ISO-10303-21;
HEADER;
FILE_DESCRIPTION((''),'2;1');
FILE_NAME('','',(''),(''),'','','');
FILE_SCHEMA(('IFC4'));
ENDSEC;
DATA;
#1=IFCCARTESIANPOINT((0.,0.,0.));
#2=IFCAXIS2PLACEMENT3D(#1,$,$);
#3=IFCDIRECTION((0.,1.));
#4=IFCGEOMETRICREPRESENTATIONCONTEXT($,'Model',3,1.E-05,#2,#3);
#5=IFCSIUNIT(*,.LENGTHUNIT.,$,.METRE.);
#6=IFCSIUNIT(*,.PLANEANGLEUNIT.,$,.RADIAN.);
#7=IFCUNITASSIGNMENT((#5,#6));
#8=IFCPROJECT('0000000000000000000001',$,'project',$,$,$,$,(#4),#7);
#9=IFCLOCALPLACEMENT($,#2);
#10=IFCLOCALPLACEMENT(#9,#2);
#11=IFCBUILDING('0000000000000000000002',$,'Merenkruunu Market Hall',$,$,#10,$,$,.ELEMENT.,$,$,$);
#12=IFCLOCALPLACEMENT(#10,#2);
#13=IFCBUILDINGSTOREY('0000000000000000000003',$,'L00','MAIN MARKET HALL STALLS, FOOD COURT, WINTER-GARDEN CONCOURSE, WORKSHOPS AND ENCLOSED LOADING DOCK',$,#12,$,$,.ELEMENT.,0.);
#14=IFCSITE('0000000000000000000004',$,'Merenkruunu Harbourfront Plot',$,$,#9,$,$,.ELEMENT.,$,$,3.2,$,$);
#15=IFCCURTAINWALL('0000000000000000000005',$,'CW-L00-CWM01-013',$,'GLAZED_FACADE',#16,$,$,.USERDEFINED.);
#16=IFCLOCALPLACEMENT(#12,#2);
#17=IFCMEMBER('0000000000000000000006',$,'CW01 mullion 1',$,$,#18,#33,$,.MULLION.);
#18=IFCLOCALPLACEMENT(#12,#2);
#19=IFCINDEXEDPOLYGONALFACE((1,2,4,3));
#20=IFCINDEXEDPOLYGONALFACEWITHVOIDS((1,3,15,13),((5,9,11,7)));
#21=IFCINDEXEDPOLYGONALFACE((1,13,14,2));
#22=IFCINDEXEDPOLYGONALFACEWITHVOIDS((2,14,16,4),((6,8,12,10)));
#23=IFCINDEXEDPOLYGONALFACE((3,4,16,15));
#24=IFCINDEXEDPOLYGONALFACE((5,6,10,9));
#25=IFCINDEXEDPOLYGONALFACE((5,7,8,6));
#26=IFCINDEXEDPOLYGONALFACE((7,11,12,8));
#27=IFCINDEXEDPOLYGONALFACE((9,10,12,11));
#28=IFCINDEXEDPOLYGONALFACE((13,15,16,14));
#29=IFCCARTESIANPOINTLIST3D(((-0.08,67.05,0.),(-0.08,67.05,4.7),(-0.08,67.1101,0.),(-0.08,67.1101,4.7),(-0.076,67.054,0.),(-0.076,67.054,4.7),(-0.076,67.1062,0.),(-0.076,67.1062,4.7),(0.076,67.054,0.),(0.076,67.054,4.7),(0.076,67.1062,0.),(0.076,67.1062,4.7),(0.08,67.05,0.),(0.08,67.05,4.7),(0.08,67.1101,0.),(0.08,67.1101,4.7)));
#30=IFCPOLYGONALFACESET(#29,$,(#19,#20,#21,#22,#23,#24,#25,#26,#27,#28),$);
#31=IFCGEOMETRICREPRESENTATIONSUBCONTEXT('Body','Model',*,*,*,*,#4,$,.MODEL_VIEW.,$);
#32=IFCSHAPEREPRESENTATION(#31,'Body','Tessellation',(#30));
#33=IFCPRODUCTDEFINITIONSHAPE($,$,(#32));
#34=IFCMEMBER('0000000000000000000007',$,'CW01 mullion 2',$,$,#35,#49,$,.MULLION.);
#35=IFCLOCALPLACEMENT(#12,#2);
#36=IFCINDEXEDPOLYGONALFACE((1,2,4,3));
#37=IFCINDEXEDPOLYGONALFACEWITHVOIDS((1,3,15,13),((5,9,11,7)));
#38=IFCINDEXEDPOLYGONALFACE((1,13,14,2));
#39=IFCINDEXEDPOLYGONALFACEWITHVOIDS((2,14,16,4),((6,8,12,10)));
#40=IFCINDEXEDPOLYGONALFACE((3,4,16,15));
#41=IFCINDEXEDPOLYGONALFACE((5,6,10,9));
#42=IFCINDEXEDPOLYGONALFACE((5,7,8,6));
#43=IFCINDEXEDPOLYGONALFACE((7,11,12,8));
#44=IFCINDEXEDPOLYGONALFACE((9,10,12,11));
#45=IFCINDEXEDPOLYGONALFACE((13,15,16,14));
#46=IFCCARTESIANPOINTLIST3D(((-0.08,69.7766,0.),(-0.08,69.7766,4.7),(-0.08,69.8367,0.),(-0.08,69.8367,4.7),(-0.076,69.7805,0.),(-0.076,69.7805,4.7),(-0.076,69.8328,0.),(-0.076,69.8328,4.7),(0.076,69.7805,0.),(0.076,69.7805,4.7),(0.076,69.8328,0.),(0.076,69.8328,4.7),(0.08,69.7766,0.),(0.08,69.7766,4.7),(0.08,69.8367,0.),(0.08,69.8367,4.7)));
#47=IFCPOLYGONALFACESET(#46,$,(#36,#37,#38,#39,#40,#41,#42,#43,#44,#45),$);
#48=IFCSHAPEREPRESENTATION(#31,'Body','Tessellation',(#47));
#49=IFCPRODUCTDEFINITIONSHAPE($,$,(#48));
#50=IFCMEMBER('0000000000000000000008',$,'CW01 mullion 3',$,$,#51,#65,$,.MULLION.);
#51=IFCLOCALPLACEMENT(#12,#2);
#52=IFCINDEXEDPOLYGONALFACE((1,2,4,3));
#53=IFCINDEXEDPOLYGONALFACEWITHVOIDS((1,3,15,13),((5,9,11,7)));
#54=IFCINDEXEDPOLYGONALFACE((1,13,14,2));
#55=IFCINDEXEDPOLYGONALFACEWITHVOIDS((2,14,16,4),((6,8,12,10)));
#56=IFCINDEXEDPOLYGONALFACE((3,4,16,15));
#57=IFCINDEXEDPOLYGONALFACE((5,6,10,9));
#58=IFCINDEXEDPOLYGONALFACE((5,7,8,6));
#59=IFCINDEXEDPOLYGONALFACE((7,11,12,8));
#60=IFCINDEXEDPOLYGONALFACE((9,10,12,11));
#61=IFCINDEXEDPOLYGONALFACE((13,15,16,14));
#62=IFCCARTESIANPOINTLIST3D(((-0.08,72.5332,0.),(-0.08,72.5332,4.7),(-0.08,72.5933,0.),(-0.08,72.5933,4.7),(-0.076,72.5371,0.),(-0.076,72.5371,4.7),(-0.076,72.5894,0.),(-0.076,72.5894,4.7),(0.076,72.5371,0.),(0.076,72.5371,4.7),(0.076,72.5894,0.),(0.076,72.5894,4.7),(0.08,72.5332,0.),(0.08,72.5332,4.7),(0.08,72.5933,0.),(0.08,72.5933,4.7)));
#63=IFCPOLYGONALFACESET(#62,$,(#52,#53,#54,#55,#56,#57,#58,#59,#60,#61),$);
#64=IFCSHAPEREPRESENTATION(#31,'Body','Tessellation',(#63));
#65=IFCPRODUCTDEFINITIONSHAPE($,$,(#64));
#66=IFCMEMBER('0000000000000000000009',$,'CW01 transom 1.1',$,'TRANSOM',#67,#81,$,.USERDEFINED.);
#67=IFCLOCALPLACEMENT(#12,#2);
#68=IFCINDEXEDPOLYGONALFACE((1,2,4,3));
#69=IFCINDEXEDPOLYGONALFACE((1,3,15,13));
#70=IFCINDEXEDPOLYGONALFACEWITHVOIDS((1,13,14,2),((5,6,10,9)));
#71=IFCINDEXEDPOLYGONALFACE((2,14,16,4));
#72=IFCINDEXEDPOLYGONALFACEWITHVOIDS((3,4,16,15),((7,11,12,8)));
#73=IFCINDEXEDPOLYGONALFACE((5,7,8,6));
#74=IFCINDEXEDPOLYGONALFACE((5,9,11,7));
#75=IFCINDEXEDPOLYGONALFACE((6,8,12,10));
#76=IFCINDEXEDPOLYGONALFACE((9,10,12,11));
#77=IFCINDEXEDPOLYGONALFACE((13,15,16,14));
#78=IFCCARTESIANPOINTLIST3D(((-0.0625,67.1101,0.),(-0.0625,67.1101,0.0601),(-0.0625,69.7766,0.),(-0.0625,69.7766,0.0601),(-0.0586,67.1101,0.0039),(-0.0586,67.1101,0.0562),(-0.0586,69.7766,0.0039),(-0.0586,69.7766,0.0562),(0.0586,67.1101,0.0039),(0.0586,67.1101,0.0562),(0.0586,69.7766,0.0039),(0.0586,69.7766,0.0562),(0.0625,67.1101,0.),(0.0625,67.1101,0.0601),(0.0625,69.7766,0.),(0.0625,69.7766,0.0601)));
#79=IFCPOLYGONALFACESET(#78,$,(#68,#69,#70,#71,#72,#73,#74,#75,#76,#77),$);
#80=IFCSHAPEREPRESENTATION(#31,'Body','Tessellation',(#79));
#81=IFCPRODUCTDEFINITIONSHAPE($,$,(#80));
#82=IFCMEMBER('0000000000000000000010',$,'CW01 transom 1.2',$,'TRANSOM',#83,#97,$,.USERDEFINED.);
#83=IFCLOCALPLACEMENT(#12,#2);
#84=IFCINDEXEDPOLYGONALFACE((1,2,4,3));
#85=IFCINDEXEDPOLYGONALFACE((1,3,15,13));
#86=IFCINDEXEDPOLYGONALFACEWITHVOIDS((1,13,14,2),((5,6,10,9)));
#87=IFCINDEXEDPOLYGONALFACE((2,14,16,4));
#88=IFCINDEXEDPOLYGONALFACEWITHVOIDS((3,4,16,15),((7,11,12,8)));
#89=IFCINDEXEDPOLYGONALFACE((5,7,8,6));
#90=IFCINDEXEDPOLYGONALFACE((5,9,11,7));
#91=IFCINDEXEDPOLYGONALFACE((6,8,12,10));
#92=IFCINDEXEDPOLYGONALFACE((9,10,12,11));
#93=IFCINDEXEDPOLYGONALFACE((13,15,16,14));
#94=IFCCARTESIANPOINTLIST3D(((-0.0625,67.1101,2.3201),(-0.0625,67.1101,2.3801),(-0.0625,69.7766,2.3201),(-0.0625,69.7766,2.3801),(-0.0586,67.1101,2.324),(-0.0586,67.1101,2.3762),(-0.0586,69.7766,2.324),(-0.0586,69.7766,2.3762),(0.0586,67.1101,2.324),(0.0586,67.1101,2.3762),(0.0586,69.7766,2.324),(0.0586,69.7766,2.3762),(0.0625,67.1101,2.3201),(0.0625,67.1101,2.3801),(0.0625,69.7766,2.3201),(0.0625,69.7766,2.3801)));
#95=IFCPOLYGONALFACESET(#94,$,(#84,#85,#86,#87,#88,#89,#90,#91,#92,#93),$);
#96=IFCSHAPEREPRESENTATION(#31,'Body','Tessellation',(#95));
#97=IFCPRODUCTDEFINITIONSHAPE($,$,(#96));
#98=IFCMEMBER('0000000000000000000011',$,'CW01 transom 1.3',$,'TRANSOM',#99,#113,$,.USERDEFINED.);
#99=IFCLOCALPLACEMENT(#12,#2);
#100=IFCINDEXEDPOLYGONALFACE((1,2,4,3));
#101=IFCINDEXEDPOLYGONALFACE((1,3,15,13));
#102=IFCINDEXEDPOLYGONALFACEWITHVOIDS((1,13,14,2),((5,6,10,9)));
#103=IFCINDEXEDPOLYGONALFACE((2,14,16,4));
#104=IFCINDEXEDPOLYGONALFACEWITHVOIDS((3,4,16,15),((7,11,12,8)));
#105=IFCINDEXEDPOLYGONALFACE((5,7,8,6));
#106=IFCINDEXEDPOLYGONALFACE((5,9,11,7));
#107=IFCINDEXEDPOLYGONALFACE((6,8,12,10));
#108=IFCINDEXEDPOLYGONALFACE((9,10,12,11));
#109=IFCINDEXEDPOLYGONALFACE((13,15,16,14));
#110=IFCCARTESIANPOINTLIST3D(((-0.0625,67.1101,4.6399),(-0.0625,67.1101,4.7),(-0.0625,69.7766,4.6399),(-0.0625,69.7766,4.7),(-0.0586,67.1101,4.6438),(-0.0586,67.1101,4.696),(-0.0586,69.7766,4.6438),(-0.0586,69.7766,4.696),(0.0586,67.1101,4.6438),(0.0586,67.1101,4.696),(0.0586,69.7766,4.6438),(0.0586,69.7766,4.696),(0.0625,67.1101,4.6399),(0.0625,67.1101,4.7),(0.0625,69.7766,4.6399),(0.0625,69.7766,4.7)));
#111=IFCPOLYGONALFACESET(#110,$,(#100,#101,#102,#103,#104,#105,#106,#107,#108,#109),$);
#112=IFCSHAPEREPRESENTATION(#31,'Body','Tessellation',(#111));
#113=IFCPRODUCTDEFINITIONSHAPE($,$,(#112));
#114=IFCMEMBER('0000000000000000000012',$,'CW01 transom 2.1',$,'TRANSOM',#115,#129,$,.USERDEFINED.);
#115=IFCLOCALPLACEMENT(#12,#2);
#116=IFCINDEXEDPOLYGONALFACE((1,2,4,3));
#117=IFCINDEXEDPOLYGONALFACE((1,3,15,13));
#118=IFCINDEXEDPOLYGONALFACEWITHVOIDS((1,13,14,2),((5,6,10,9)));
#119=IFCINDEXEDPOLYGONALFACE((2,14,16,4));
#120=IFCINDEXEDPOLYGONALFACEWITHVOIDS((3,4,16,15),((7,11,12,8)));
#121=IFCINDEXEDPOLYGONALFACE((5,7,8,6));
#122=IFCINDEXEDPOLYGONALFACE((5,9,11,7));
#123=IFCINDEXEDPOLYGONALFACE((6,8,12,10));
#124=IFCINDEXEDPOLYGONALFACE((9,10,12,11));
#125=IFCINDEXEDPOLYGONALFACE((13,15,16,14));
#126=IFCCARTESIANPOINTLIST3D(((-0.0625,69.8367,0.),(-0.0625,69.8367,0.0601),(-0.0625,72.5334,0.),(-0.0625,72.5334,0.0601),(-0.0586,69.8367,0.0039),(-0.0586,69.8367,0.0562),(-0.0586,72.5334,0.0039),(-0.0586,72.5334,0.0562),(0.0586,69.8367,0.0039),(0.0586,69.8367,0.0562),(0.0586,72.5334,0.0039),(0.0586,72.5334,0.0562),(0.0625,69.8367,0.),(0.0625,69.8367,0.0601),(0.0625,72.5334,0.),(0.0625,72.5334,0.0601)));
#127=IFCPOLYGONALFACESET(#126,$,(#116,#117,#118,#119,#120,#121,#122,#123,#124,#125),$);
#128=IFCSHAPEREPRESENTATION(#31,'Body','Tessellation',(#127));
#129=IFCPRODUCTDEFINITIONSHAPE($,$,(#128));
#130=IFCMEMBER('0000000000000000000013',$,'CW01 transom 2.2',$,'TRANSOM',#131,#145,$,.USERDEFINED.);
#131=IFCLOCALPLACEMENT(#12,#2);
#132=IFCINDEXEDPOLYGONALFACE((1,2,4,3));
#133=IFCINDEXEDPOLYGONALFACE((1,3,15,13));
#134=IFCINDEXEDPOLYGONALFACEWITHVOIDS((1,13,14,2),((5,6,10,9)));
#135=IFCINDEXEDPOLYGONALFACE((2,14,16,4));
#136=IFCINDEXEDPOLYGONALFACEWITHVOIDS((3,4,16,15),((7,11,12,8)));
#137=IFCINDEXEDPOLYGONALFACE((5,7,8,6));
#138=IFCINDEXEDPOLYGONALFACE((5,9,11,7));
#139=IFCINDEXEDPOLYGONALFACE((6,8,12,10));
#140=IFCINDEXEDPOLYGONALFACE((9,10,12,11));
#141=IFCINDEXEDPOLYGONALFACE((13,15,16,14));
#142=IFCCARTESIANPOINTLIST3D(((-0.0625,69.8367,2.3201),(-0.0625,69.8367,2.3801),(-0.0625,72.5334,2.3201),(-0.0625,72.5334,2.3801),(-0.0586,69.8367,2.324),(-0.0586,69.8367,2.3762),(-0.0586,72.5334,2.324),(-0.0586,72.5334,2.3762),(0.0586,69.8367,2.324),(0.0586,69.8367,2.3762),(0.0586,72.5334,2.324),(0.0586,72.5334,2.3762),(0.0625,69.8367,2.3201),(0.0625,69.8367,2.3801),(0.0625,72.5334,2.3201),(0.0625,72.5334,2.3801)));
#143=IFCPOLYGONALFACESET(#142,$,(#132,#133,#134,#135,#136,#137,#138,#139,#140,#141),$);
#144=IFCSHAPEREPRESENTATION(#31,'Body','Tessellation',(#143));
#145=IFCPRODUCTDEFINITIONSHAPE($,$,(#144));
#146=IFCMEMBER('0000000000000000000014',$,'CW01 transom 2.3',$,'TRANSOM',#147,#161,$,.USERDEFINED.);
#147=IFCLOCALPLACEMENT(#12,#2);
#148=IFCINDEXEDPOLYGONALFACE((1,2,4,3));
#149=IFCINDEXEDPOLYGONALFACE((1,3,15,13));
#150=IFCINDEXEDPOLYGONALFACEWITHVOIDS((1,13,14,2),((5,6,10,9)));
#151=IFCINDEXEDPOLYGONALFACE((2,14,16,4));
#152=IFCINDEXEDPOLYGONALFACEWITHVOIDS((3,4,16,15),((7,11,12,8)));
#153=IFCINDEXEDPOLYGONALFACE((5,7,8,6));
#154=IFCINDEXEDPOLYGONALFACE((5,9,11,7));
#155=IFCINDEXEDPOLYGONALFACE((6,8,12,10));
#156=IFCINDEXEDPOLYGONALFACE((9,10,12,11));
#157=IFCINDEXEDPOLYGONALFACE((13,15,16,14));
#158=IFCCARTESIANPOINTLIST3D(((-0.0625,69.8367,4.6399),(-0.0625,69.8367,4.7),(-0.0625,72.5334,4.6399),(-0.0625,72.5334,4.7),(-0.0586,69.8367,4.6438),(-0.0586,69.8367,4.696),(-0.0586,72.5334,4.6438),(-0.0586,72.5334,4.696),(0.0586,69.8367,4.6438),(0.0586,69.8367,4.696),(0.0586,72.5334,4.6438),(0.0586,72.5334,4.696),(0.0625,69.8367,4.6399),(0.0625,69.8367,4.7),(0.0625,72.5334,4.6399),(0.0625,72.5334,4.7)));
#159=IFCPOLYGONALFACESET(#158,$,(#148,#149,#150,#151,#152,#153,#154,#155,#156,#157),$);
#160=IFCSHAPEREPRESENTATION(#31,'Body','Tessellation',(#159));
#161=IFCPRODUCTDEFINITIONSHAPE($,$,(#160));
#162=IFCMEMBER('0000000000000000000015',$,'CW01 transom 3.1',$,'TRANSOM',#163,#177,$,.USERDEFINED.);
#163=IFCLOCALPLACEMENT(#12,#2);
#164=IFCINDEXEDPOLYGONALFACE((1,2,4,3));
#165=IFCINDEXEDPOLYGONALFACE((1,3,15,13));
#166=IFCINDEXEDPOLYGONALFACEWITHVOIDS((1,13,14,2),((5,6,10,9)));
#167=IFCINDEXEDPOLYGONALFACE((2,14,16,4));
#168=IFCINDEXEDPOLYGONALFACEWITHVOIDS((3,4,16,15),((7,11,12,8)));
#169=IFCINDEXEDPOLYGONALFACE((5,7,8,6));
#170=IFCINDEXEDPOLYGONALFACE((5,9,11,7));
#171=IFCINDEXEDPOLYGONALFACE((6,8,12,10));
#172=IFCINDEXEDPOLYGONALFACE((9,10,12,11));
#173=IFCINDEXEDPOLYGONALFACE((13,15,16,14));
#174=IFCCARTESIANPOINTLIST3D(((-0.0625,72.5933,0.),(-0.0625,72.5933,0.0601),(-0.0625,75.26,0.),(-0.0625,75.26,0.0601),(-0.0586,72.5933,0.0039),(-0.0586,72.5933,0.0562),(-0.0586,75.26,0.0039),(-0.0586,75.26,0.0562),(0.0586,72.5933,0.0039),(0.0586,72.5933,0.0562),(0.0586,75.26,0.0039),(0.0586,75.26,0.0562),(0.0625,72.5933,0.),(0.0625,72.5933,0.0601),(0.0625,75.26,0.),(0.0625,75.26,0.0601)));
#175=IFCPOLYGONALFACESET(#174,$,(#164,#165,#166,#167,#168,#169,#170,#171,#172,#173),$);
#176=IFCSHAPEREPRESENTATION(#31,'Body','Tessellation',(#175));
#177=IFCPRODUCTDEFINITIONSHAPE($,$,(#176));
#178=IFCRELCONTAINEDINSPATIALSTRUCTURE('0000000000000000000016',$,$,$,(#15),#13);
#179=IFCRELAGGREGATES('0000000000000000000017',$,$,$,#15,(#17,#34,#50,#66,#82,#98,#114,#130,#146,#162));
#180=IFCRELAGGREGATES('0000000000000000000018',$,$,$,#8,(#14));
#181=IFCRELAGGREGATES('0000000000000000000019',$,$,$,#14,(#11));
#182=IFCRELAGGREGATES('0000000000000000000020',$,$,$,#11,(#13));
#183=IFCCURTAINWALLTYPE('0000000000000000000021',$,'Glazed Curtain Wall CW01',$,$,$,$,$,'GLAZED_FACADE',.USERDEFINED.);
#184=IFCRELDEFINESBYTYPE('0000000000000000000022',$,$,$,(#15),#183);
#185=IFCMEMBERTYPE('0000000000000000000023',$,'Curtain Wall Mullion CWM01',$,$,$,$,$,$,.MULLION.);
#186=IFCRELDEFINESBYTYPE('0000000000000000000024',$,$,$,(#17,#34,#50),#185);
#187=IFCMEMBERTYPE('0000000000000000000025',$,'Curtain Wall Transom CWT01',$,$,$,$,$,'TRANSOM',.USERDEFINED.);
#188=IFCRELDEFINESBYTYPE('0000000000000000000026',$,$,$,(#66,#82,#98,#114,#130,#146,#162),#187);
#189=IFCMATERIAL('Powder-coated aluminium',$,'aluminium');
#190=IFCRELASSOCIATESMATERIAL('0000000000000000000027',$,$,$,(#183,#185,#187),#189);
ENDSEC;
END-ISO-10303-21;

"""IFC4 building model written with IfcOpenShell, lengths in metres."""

from ifc_helpers import new_model, si_unit, direction, frame, origin, origin_2d, place, context, subcontext, project, spatial, hollow_rectangle, extrude, material, material_profile, profile_set, type_object, element, aggregate, save


model = new_model("IFC4")

# Units and contexts
model_context = context("Model", 3, precision=1e-05, world=origin(), true_north=direction((0.0, 1.0)))
body_context = subcontext(model_context, "Body", "Model", "MODEL_VIEW")
ifc_project = project(units=[si_unit("LENGTHUNIT", "METRE"), si_unit("PLANEANGLEUNIT", "RADIAN")], contexts=[model_context])

# Site, building, storey
site_placement = place(None, origin())
site = spatial("IfcSite", under=ifc_project, at=site_placement, Name="Merenkruunu Harbourfront Plot", CompositionType="ELEMENT", RefElevation=3.2)
building_placement = place(site_placement, origin())
building = spatial("IfcBuilding", under=site, at=building_placement, Name="Merenkruunu Market Hall", CompositionType="ELEMENT")
storey_placement = place(building_placement, origin())
storey = spatial("IfcBuildingStorey", under=building, at=storey_placement, Name="L00", Description="MAIN MARKET HALL STALLS, FOOD COURT, WINTER-GARDEN CONCOURSE, WORKSHOPS AND ENCLOSED LOADING DOCK", CompositionType="ELEMENT", Elevation=0.0)

# Curtain wall, members
ifc_material_1 = material(Name="Powder-coated aluminium", Category="aluminium")
curtain_wall_type = type_object("IfcCurtainWallType", Name="Glazed Curtain Wall CW01", ElementType="GLAZED_FACADE", PredefinedType="USERDEFINED", material=ifc_material_1)
curtain_wall_placement = place(storey_placement, origin())
curtain_wall = element("IfcCurtainWall", 1, at=curtain_wall_placement, inside=storey, type_object=curtain_wall_type, Name="CW-L00-CWM01-013", ObjectType="GLAZED_FACADE", PredefinedType="USERDEFINED")
ifc_material_profile_1 = material_profile(ifc_material_1, hollow_rectangle(XDim=0.0601, YDim=0.1599, WallThickness=0.0039, at=origin_2d()), Name="ALU 60x160x4")
ifc_profile_set_1 = profile_set([ifc_material_profile_1], Name="Powder-coated aluminium")
member_type_1 = type_object("IfcMemberType", Name="Curtain Wall Mullion CWM01", PredefinedType="MULLION", material=ifc_profile_set_1)
member_1_placement = place(storey_placement, frame((0.0, 67.0801, 0.0), z_axis=(0.0, 0.0, 1.0), x_axis=(0.0, 1.0, 0.0)))
member_1 = element("IfcMember", 2, at=member_1_placement, type_object=member_type_1, Name="CW01 mullion 1", PredefinedType="MULLION", context=body_context, shape_type="SweptSolid", body=[
    extrude(hollow_rectangle(XDim=0.0601, YDim=0.1599, WallThickness=0.0039, at=origin_2d()), origin(), (0.0, 0.0, 1.0), 4.7),
])
member_2_placement = place(storey_placement, frame((0.0, 69.8066, 0.0), z_axis=(0.0, 0.0, 1.0), x_axis=(0.0, 1.0, 0.0)))
member_2 = element("IfcMember", 3, at=member_2_placement, type_object=member_type_1, Name="CW01 mullion 2", PredefinedType="MULLION", context=body_context, shape_type="SweptSolid", body=[
    extrude(hollow_rectangle(XDim=0.0601, YDim=0.1599, WallThickness=0.0039, at=origin_2d()), origin(), (0.0, 0.0, 1.0), 4.7),
])
member_3_placement = place(storey_placement, frame((0.0, 72.5632, 0.0), z_axis=(0.0, 0.0, 1.0), x_axis=(0.0, 1.0, 0.0)))
member_3 = element("IfcMember", 4, at=member_3_placement, type_object=member_type_1, Name="CW01 mullion 3", PredefinedType="MULLION", context=body_context, shape_type="SweptSolid", body=[
    extrude(hollow_rectangle(XDim=0.0601, YDim=0.1599, WallThickness=0.0039, at=origin_2d()), origin(), (0.0, 0.0, 1.0), 4.7),
])
ifc_material_profile_2 = material_profile(ifc_material_1, hollow_rectangle(XDim=0.0601, YDim=0.125, WallThickness=0.0039, at=origin_2d()), Name="ALU 60x125x4")
ifc_profile_set_2 = profile_set([ifc_material_profile_2], Name="Powder-coated aluminium")
member_type_2 = type_object("IfcMemberType", Name="Curtain Wall Transom CWT01", ElementType="TRANSOM", PredefinedType="USERDEFINED", material=ifc_profile_set_2)
member_4_placement = place(storey_placement, frame((0.0, 67.1101, 0.03), z_axis=(0.0, 1.0, 0.0), x_axis=(0.0, 0.0, 1.0)))
member_4 = element("IfcMember", 5, at=member_4_placement, type_object=member_type_2, Name="CW01 transom 1.1", ObjectType="TRANSOM", PredefinedType="USERDEFINED", context=body_context, shape_type="SweptSolid", body=[
    extrude(hollow_rectangle(XDim=0.0601, YDim=0.125, WallThickness=0.0039, at=origin_2d()), origin(), (0.0, 0.0, 1.0), 2.6665),
])
member_5_placement = place(storey_placement, frame((0.0, 67.1101, 2.3501), z_axis=(0.0, 1.0, 0.0), x_axis=(0.0, 0.0, 1.0)))
member_5 = element("IfcMember", 6, at=member_5_placement, type_object=member_type_2, Name="CW01 transom 1.2", ObjectType="TRANSOM", PredefinedType="USERDEFINED", context=body_context, shape_type="SweptSolid", body=[
    extrude(hollow_rectangle(XDim=0.0601, YDim=0.125, WallThickness=0.0039, at=origin_2d()), origin(), (0.0, 0.0, 1.0), 2.6665),
])
member_6_placement = place(storey_placement, frame((0.0, 67.1101, 4.6699), z_axis=(0.0, 1.0, 0.0), x_axis=(0.0, 0.0, 1.0)))
member_6 = element("IfcMember", 7, at=member_6_placement, type_object=member_type_2, Name="CW01 transom 1.3", ObjectType="TRANSOM", PredefinedType="USERDEFINED", context=body_context, shape_type="SweptSolid", body=[
    extrude(hollow_rectangle(XDim=0.0601, YDim=0.125, WallThickness=0.0039, at=origin_2d()), origin(), (0.0, 0.0, 1.0), 2.6665),
])
member_7_placement = place(storey_placement, frame((0.0, 69.8367, 0.03), z_axis=(0.0, 1.0, 0.0), x_axis=(0.0, 0.0, 1.0)))
member_7 = element("IfcMember", 8, at=member_7_placement, type_object=member_type_2, Name="CW01 transom 2.1", ObjectType="TRANSOM", PredefinedType="USERDEFINED", context=body_context, shape_type="SweptSolid", body=[
    extrude(hollow_rectangle(XDim=0.0601, YDim=0.125, WallThickness=0.0039, at=origin_2d()), origin(), (0.0, 0.0, 1.0), 2.6968),
])
member_8_placement = place(storey_placement, frame((0.0, 69.8367, 2.3501), z_axis=(0.0, 1.0, 0.0), x_axis=(0.0, 0.0, 1.0)))
member_8 = element("IfcMember", 9, at=member_8_placement, type_object=member_type_2, Name="CW01 transom 2.2", ObjectType="TRANSOM", PredefinedType="USERDEFINED", context=body_context, shape_type="SweptSolid", body=[
    extrude(hollow_rectangle(XDim=0.0601, YDim=0.125, WallThickness=0.0039, at=origin_2d()), origin(), (0.0, 0.0, 1.0), 2.6968),
])
member_9_placement = place(storey_placement, frame((0.0, 69.8367, 4.6699), z_axis=(0.0, 1.0, 0.0), x_axis=(0.0, 0.0, 1.0)))
member_9 = element("IfcMember", 10, at=member_9_placement, type_object=member_type_2, Name="CW01 transom 2.3", ObjectType="TRANSOM", PredefinedType="USERDEFINED", context=body_context, shape_type="SweptSolid", body=[
    extrude(hollow_rectangle(XDim=0.0601, YDim=0.125, WallThickness=0.0039, at=origin_2d()), origin(), (0.0, 0.0, 1.0), 2.6968),
])
member_10_placement = place(storey_placement, frame((0.0, 72.5933, 0.03), z_axis=(0.0, 1.0, 0.0), x_axis=(0.0, 0.0, 1.0)))
member_10 = element("IfcMember", 11, at=member_10_placement, type_object=member_type_2, Name="CW01 transom 3.1", ObjectType="TRANSOM", PredefinedType="USERDEFINED", context=body_context, shape_type="SweptSolid", body=[
    extrude(hollow_rectangle(XDim=0.0601, YDim=0.125, WallThickness=0.0039, at=origin_2d()), origin(), (0.0, 0.0, 1.0), 2.6667),
])

aggregate(curtain_wall, [member_1, member_2, member_3, member_4, member_5, member_6, member_7, member_8, member_9, member_10])

save(model, "model.ifc")
